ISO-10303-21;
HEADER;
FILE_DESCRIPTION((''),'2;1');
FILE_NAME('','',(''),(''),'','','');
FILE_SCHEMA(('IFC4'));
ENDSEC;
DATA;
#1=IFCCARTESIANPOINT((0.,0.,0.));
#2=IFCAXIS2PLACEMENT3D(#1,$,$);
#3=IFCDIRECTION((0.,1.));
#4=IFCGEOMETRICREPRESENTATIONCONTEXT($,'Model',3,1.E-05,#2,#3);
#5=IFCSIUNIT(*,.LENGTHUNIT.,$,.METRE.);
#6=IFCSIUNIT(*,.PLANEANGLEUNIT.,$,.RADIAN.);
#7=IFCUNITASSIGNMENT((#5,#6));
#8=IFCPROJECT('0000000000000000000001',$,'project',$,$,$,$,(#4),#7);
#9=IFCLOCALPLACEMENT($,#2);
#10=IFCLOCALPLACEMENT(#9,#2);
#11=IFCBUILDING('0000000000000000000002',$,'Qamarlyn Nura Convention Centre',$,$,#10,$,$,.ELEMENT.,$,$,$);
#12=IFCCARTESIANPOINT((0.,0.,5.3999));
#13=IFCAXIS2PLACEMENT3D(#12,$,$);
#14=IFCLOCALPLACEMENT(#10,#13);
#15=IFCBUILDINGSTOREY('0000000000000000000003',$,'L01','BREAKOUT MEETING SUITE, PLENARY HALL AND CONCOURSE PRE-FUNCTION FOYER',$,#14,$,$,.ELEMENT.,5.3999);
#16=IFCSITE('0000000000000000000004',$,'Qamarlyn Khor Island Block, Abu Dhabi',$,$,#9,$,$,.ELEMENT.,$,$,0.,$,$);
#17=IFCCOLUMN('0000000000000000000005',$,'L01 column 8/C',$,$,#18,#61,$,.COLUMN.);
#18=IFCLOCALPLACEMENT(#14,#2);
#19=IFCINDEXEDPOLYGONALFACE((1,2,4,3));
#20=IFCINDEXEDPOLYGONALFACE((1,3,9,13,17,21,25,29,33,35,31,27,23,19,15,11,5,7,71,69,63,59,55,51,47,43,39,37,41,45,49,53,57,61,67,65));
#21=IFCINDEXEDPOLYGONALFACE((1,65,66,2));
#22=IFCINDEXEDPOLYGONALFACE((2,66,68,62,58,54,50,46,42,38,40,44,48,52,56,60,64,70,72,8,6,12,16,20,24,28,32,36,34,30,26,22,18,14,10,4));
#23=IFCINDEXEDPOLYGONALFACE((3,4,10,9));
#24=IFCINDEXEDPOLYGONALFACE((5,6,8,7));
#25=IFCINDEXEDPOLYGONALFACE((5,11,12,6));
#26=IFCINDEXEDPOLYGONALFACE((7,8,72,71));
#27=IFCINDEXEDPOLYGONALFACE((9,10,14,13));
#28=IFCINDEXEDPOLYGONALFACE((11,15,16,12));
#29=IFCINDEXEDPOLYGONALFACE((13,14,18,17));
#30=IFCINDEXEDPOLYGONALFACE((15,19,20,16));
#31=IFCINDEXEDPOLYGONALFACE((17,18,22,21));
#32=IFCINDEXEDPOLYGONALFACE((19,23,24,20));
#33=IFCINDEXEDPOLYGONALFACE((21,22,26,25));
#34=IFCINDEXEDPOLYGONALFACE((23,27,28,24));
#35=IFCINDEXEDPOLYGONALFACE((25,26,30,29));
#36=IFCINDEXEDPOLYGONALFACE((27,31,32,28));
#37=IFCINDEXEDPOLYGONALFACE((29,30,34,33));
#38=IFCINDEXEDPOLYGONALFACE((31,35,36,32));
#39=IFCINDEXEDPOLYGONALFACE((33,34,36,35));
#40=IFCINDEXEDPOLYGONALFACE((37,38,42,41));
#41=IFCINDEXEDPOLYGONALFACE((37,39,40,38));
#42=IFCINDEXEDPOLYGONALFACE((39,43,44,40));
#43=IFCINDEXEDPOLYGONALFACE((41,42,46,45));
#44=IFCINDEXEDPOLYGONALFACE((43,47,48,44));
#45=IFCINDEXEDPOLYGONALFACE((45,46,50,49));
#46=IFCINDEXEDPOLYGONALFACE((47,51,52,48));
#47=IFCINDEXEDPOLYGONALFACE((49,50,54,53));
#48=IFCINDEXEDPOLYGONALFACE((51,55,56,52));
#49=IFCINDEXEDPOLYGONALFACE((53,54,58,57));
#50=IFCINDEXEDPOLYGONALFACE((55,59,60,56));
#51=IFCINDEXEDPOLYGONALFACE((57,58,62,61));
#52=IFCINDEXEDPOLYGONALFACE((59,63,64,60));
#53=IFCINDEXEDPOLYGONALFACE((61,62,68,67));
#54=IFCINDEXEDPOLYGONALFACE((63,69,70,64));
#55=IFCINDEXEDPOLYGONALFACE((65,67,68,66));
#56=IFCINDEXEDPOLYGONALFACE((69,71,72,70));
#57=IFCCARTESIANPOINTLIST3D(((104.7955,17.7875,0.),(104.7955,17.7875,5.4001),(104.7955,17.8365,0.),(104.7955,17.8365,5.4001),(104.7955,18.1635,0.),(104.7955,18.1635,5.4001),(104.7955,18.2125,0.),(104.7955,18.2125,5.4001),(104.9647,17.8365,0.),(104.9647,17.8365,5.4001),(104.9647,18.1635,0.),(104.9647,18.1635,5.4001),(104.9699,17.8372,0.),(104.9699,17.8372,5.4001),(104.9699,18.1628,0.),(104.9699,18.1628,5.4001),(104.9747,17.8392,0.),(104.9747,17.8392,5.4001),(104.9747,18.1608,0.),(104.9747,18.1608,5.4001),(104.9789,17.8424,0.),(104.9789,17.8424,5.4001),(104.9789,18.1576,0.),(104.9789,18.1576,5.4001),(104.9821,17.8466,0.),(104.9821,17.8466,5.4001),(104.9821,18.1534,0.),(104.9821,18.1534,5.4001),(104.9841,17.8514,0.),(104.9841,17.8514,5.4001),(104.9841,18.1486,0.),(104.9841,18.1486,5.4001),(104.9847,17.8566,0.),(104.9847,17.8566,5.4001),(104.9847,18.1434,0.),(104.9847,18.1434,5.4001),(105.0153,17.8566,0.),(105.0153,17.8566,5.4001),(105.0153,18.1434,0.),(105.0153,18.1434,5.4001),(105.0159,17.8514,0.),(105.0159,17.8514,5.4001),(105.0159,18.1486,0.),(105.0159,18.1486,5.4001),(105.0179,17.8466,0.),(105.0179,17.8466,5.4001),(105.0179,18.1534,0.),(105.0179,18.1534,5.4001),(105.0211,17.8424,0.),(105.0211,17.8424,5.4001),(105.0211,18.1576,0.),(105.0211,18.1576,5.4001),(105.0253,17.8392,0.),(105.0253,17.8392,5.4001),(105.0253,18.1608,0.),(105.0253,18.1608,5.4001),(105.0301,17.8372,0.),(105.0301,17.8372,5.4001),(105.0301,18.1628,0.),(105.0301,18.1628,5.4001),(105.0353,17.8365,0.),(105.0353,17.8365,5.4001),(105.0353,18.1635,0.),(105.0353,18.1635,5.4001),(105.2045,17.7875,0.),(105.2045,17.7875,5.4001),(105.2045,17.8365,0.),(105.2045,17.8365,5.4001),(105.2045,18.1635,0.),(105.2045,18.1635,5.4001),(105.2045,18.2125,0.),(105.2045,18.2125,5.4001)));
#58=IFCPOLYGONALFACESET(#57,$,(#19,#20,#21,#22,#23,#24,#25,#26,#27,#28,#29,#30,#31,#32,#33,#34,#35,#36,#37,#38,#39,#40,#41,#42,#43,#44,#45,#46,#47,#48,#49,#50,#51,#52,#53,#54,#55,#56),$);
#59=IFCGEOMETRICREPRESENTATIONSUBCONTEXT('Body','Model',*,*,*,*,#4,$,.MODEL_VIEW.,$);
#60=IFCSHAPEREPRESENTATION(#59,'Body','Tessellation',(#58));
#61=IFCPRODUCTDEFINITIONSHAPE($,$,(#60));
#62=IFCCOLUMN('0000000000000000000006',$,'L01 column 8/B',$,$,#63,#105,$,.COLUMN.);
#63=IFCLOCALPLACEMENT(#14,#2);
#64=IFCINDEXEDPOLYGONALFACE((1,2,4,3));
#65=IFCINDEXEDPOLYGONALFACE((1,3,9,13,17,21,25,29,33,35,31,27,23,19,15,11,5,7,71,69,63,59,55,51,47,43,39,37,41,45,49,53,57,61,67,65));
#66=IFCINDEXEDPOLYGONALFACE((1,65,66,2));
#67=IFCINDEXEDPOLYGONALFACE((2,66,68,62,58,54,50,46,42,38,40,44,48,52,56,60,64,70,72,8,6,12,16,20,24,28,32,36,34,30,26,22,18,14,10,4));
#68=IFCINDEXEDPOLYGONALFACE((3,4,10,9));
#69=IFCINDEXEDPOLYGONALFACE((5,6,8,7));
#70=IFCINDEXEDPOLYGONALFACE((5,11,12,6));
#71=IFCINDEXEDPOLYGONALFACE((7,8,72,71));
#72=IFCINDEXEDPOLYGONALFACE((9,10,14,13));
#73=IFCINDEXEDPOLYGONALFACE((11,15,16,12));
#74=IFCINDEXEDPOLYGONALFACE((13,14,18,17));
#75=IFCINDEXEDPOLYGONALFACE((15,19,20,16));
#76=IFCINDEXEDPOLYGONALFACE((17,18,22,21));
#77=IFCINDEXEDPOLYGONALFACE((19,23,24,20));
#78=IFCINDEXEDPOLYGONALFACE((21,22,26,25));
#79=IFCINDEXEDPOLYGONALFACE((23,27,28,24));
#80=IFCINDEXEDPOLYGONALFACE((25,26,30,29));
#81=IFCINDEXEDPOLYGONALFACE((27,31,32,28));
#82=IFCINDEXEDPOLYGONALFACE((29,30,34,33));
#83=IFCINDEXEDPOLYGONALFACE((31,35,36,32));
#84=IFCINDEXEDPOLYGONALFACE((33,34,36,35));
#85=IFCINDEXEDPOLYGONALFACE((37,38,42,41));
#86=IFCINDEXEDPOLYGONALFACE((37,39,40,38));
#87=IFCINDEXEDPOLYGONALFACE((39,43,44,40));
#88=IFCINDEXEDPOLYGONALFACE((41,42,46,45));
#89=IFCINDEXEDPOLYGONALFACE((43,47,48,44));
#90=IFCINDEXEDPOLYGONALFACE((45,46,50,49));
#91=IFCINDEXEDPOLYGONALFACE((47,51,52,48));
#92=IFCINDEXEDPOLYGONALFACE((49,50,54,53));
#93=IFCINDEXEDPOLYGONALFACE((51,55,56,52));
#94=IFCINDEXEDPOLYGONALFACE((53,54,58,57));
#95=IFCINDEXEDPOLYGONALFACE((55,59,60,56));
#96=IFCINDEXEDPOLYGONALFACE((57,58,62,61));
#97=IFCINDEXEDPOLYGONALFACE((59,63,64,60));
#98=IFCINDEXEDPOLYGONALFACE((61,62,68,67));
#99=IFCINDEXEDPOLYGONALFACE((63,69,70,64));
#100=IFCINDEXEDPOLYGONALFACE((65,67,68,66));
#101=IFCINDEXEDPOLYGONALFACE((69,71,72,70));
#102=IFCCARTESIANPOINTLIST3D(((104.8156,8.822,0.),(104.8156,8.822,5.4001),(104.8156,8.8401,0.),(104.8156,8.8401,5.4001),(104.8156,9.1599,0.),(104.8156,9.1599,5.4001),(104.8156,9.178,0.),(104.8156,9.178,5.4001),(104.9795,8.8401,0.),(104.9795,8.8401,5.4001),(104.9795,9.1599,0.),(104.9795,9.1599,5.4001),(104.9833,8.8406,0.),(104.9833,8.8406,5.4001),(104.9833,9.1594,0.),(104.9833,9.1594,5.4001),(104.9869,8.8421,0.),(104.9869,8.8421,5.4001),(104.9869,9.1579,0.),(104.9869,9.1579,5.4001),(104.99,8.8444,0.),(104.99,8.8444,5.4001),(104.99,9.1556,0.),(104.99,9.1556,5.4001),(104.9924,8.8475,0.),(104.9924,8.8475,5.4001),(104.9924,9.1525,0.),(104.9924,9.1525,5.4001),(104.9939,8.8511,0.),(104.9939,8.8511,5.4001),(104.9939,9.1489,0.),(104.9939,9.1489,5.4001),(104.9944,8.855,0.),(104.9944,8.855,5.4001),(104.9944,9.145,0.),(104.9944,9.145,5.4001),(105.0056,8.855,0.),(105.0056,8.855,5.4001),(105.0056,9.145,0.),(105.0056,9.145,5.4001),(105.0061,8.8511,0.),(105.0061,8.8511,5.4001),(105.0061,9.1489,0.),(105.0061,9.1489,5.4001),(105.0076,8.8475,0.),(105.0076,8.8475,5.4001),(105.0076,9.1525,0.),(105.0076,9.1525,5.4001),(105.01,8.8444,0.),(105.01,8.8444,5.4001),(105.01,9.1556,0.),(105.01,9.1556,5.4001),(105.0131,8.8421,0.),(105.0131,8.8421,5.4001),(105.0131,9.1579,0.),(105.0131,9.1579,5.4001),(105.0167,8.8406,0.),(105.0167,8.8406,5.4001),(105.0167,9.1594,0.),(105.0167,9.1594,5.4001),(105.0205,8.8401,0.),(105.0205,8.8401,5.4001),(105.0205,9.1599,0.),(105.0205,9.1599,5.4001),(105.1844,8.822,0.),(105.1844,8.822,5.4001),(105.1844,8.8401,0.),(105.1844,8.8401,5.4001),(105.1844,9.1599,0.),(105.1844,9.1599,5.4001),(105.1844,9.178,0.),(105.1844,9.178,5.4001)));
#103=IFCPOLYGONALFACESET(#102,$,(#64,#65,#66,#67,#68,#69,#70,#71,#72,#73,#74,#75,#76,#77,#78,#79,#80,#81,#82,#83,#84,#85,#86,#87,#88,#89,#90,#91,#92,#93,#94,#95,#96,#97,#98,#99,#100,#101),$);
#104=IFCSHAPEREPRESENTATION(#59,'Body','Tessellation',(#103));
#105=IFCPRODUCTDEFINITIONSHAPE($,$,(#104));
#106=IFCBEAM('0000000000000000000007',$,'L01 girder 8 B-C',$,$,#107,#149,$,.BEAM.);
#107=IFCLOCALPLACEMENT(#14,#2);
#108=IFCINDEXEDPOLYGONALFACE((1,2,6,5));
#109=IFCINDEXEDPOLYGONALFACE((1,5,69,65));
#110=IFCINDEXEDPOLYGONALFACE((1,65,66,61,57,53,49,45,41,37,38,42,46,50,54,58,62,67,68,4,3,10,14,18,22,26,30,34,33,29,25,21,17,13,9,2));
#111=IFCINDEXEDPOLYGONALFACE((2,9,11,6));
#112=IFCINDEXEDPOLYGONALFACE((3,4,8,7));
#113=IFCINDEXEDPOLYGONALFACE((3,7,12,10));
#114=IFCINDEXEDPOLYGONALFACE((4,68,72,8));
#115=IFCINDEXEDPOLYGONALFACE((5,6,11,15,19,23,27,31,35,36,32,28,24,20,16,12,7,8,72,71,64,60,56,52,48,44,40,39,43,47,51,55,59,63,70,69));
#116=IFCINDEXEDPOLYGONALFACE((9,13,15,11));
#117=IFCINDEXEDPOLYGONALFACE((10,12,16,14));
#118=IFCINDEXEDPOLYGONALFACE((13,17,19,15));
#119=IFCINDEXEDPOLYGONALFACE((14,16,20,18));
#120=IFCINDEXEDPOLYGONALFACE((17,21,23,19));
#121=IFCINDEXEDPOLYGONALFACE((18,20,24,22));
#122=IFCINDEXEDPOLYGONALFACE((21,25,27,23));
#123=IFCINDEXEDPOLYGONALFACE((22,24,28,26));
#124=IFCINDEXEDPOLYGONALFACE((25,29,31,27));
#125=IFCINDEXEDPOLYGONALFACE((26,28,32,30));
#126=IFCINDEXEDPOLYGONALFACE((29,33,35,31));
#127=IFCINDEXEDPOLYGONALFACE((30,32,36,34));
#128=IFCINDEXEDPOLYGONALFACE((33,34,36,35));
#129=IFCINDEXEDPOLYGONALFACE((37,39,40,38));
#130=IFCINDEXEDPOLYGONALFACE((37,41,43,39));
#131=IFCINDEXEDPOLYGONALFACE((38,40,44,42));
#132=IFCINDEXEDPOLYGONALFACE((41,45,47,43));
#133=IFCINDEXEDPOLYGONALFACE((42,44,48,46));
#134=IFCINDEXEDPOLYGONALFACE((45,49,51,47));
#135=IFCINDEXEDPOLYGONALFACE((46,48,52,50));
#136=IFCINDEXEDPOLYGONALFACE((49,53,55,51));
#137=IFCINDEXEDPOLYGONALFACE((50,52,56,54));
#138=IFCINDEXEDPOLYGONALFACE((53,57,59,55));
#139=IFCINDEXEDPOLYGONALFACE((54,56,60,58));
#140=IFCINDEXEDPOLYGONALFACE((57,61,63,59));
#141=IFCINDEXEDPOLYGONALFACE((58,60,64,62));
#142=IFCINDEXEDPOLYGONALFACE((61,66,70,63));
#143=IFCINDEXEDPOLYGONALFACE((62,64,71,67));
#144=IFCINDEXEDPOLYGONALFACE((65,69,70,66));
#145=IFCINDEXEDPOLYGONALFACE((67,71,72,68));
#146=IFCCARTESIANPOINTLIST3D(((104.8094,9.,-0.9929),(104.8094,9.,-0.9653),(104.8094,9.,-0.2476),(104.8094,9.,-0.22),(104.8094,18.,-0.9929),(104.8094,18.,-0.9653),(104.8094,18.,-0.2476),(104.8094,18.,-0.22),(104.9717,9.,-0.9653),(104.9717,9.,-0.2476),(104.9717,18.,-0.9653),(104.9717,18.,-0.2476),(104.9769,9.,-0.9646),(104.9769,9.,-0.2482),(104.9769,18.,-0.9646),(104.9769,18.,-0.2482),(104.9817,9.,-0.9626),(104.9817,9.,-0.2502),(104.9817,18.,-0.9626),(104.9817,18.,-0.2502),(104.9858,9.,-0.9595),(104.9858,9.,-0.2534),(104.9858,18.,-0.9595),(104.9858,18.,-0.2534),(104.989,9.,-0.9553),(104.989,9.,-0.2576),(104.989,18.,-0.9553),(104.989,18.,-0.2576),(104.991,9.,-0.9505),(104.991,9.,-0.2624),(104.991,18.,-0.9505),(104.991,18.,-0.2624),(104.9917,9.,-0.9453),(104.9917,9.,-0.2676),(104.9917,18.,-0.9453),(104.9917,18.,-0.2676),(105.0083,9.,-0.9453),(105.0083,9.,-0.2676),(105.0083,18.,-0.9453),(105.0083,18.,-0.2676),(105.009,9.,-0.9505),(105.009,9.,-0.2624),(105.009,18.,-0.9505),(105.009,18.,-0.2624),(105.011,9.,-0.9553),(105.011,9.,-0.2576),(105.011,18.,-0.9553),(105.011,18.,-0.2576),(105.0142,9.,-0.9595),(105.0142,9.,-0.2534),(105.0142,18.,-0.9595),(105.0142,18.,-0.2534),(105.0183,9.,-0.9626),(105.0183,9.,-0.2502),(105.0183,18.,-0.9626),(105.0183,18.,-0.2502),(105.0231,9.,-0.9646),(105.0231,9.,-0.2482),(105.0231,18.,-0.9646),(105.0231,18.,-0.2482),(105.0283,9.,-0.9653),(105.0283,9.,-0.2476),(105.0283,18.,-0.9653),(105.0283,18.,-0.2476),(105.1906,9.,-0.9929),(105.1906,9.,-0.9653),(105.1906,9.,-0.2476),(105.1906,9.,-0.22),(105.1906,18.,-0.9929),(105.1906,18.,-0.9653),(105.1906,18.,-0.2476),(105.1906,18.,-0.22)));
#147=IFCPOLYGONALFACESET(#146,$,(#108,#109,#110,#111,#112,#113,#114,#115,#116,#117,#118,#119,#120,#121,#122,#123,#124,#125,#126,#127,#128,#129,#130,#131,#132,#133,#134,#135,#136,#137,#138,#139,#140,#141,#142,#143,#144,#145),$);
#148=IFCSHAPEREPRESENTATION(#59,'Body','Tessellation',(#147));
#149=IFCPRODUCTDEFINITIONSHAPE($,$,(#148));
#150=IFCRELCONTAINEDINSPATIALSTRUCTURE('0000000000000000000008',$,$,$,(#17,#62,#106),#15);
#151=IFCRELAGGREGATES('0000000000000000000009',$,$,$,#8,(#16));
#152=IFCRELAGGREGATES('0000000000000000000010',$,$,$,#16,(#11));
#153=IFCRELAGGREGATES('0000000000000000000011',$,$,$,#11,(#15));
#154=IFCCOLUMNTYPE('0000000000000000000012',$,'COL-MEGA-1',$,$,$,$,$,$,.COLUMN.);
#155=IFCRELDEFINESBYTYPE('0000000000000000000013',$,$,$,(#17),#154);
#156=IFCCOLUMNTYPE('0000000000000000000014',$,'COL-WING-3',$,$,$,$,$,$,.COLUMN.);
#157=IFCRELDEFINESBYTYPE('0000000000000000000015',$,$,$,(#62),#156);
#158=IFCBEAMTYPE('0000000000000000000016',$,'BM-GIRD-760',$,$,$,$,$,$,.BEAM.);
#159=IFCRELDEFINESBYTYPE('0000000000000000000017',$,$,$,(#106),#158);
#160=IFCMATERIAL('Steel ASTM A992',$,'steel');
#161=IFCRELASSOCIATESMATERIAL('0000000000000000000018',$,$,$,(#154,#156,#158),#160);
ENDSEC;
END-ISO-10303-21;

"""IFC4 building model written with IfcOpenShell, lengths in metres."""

from ifc_helpers import new_model, si_unit, direction, frame, origin, origin_2d, place, context, subcontext, project, spatial, i_section, extrude, material, material_profile, profile_set, type_object, element, save


model = new_model("IFC4")

# Units and contexts
model_context = context("Model", 3, precision=1e-05, world=origin(), true_north=direction((0.0, 1.0)))
body_context = subcontext(model_context, "Body", "Model", "MODEL_VIEW")
ifc_project = project(units=[si_unit("LENGTHUNIT", "METRE"), si_unit("PLANEANGLEUNIT", "RADIAN")], contexts=[model_context])

# Site, building, storey
site_placement = place(None, origin())
site = spatial("IfcSite", under=ifc_project, at=site_placement, Name="Qamarlyn Khor Island Block, Abu Dhabi", CompositionType="ELEMENT", RefElevation=0.0)
building_placement = place(site_placement, origin())
building = spatial("IfcBuilding", under=site, at=building_placement, Name="Qamarlyn Nura Convention Centre", CompositionType="ELEMENT")
storey_placement = place(building_placement, frame((0.0, 0.0, 5.3999)))
storey = spatial("IfcBuildingStorey", under=building, at=storey_placement, Name="L01", Description="BREAKOUT MEETING SUITE, PLENARY HALL AND CONCOURSE PRE-FUNCTION FOYER", CompositionType="ELEMENT", Elevation=5.3999)

# Columns
ifc_material_1 = material(Name="Steel ASTM A992", Category="steel")
ifc_material_profile_1 = material_profile(ifc_material_1, i_section(OverallWidth=0.4089, OverallDepth=0.425, WebThickness=0.0305, FlangeThickness=0.0491, FilletRadius=0.02, at=origin_2d()), Name="W360X421")
ifc_profile_set_1 = profile_set([ifc_material_profile_1], Name="Steel ASTM A992")
column_type_1 = type_object("IfcColumnType", Name="COL-MEGA-1", PredefinedType="COLUMN", material=ifc_profile_set_1)
column_1_placement = place(storey_placement, frame((105.0, 18.0, 0.0), z_axis=(0.0, 0.0, 1.0), x_axis=(1.0, 0.0, 0.0)))
element("IfcColumn", 1, at=column_1_placement, inside=storey, type_object=column_type_1, Name="L01 column 8/C", PredefinedType="COLUMN", context=body_context, shape_type="SweptSolid", body=[
    extrude(i_section(OverallWidth=0.4089, OverallDepth=0.425, WebThickness=0.0305, FlangeThickness=0.0491, FilletRadius=0.02, at=origin_2d()), origin(), (0.0, 0.0, 1.0), 5.4001),
])
ifc_material_profile_2 = material_profile(ifc_material_1, i_section(OverallWidth=0.3689, OverallDepth=0.356, WebThickness=0.0112, FlangeThickness=0.0181, FilletRadius=0.0149, at=origin_2d()), Name="W360X134")
ifc_profile_set_2 = profile_set([ifc_material_profile_2], Name="Steel ASTM A992")
column_type_2 = type_object("IfcColumnType", Name="COL-WING-3", PredefinedType="COLUMN", material=ifc_profile_set_2)
column_2_placement = place(storey_placement, frame((105.0, 9.0, 0.0), z_axis=(0.0, 0.0, 1.0), x_axis=(1.0, 0.0, 0.0)))
element("IfcColumn", 2, at=column_2_placement, inside=storey, type_object=column_type_2, Name="L01 column 8/B", PredefinedType="COLUMN", context=body_context, shape_type="SweptSolid", body=[
    extrude(i_section(OverallWidth=0.3689, OverallDepth=0.356, WebThickness=0.0112, FlangeThickness=0.0181, FilletRadius=0.0149, at=origin_2d()), origin(), (0.0, 0.0, 1.0), 5.4001),
])

# Beam
ifc_material_profile_3 = material_profile(ifc_material_1, i_section(OverallWidth=0.3811, OverallDepth=0.7729, WebThickness=0.0166, FlangeThickness=0.0276, FilletRadius=0.02, at=origin_2d()), Name="W760X257")
ifc_profile_set_3 = profile_set([ifc_material_profile_3], Name="Steel ASTM A992")
beam_type_1 = type_object("IfcBeamType", Name="BM-GIRD-760", PredefinedType="BEAM", material=ifc_profile_set_3)
beam_1_placement = place(storey_placement, frame((105.0, 9.0, -0.6064), z_axis=(0.0, 1.0, 0.0), x_axis=(-1.0, 0.0, 0.0)))
element("IfcBeam", 3, at=beam_1_placement, inside=storey, type_object=beam_type_1, Name="L01 girder 8 B-C", PredefinedType="BEAM", context=body_context, shape_type="SweptSolid", body=[
    extrude(i_section(OverallWidth=0.3811, OverallDepth=0.7729, WebThickness=0.0166, FlangeThickness=0.0276, FilletRadius=0.02, at=origin_2d()), origin(), (0.0, 0.0, 1.0), 9.0),
])

save(model, "model.ifc")
